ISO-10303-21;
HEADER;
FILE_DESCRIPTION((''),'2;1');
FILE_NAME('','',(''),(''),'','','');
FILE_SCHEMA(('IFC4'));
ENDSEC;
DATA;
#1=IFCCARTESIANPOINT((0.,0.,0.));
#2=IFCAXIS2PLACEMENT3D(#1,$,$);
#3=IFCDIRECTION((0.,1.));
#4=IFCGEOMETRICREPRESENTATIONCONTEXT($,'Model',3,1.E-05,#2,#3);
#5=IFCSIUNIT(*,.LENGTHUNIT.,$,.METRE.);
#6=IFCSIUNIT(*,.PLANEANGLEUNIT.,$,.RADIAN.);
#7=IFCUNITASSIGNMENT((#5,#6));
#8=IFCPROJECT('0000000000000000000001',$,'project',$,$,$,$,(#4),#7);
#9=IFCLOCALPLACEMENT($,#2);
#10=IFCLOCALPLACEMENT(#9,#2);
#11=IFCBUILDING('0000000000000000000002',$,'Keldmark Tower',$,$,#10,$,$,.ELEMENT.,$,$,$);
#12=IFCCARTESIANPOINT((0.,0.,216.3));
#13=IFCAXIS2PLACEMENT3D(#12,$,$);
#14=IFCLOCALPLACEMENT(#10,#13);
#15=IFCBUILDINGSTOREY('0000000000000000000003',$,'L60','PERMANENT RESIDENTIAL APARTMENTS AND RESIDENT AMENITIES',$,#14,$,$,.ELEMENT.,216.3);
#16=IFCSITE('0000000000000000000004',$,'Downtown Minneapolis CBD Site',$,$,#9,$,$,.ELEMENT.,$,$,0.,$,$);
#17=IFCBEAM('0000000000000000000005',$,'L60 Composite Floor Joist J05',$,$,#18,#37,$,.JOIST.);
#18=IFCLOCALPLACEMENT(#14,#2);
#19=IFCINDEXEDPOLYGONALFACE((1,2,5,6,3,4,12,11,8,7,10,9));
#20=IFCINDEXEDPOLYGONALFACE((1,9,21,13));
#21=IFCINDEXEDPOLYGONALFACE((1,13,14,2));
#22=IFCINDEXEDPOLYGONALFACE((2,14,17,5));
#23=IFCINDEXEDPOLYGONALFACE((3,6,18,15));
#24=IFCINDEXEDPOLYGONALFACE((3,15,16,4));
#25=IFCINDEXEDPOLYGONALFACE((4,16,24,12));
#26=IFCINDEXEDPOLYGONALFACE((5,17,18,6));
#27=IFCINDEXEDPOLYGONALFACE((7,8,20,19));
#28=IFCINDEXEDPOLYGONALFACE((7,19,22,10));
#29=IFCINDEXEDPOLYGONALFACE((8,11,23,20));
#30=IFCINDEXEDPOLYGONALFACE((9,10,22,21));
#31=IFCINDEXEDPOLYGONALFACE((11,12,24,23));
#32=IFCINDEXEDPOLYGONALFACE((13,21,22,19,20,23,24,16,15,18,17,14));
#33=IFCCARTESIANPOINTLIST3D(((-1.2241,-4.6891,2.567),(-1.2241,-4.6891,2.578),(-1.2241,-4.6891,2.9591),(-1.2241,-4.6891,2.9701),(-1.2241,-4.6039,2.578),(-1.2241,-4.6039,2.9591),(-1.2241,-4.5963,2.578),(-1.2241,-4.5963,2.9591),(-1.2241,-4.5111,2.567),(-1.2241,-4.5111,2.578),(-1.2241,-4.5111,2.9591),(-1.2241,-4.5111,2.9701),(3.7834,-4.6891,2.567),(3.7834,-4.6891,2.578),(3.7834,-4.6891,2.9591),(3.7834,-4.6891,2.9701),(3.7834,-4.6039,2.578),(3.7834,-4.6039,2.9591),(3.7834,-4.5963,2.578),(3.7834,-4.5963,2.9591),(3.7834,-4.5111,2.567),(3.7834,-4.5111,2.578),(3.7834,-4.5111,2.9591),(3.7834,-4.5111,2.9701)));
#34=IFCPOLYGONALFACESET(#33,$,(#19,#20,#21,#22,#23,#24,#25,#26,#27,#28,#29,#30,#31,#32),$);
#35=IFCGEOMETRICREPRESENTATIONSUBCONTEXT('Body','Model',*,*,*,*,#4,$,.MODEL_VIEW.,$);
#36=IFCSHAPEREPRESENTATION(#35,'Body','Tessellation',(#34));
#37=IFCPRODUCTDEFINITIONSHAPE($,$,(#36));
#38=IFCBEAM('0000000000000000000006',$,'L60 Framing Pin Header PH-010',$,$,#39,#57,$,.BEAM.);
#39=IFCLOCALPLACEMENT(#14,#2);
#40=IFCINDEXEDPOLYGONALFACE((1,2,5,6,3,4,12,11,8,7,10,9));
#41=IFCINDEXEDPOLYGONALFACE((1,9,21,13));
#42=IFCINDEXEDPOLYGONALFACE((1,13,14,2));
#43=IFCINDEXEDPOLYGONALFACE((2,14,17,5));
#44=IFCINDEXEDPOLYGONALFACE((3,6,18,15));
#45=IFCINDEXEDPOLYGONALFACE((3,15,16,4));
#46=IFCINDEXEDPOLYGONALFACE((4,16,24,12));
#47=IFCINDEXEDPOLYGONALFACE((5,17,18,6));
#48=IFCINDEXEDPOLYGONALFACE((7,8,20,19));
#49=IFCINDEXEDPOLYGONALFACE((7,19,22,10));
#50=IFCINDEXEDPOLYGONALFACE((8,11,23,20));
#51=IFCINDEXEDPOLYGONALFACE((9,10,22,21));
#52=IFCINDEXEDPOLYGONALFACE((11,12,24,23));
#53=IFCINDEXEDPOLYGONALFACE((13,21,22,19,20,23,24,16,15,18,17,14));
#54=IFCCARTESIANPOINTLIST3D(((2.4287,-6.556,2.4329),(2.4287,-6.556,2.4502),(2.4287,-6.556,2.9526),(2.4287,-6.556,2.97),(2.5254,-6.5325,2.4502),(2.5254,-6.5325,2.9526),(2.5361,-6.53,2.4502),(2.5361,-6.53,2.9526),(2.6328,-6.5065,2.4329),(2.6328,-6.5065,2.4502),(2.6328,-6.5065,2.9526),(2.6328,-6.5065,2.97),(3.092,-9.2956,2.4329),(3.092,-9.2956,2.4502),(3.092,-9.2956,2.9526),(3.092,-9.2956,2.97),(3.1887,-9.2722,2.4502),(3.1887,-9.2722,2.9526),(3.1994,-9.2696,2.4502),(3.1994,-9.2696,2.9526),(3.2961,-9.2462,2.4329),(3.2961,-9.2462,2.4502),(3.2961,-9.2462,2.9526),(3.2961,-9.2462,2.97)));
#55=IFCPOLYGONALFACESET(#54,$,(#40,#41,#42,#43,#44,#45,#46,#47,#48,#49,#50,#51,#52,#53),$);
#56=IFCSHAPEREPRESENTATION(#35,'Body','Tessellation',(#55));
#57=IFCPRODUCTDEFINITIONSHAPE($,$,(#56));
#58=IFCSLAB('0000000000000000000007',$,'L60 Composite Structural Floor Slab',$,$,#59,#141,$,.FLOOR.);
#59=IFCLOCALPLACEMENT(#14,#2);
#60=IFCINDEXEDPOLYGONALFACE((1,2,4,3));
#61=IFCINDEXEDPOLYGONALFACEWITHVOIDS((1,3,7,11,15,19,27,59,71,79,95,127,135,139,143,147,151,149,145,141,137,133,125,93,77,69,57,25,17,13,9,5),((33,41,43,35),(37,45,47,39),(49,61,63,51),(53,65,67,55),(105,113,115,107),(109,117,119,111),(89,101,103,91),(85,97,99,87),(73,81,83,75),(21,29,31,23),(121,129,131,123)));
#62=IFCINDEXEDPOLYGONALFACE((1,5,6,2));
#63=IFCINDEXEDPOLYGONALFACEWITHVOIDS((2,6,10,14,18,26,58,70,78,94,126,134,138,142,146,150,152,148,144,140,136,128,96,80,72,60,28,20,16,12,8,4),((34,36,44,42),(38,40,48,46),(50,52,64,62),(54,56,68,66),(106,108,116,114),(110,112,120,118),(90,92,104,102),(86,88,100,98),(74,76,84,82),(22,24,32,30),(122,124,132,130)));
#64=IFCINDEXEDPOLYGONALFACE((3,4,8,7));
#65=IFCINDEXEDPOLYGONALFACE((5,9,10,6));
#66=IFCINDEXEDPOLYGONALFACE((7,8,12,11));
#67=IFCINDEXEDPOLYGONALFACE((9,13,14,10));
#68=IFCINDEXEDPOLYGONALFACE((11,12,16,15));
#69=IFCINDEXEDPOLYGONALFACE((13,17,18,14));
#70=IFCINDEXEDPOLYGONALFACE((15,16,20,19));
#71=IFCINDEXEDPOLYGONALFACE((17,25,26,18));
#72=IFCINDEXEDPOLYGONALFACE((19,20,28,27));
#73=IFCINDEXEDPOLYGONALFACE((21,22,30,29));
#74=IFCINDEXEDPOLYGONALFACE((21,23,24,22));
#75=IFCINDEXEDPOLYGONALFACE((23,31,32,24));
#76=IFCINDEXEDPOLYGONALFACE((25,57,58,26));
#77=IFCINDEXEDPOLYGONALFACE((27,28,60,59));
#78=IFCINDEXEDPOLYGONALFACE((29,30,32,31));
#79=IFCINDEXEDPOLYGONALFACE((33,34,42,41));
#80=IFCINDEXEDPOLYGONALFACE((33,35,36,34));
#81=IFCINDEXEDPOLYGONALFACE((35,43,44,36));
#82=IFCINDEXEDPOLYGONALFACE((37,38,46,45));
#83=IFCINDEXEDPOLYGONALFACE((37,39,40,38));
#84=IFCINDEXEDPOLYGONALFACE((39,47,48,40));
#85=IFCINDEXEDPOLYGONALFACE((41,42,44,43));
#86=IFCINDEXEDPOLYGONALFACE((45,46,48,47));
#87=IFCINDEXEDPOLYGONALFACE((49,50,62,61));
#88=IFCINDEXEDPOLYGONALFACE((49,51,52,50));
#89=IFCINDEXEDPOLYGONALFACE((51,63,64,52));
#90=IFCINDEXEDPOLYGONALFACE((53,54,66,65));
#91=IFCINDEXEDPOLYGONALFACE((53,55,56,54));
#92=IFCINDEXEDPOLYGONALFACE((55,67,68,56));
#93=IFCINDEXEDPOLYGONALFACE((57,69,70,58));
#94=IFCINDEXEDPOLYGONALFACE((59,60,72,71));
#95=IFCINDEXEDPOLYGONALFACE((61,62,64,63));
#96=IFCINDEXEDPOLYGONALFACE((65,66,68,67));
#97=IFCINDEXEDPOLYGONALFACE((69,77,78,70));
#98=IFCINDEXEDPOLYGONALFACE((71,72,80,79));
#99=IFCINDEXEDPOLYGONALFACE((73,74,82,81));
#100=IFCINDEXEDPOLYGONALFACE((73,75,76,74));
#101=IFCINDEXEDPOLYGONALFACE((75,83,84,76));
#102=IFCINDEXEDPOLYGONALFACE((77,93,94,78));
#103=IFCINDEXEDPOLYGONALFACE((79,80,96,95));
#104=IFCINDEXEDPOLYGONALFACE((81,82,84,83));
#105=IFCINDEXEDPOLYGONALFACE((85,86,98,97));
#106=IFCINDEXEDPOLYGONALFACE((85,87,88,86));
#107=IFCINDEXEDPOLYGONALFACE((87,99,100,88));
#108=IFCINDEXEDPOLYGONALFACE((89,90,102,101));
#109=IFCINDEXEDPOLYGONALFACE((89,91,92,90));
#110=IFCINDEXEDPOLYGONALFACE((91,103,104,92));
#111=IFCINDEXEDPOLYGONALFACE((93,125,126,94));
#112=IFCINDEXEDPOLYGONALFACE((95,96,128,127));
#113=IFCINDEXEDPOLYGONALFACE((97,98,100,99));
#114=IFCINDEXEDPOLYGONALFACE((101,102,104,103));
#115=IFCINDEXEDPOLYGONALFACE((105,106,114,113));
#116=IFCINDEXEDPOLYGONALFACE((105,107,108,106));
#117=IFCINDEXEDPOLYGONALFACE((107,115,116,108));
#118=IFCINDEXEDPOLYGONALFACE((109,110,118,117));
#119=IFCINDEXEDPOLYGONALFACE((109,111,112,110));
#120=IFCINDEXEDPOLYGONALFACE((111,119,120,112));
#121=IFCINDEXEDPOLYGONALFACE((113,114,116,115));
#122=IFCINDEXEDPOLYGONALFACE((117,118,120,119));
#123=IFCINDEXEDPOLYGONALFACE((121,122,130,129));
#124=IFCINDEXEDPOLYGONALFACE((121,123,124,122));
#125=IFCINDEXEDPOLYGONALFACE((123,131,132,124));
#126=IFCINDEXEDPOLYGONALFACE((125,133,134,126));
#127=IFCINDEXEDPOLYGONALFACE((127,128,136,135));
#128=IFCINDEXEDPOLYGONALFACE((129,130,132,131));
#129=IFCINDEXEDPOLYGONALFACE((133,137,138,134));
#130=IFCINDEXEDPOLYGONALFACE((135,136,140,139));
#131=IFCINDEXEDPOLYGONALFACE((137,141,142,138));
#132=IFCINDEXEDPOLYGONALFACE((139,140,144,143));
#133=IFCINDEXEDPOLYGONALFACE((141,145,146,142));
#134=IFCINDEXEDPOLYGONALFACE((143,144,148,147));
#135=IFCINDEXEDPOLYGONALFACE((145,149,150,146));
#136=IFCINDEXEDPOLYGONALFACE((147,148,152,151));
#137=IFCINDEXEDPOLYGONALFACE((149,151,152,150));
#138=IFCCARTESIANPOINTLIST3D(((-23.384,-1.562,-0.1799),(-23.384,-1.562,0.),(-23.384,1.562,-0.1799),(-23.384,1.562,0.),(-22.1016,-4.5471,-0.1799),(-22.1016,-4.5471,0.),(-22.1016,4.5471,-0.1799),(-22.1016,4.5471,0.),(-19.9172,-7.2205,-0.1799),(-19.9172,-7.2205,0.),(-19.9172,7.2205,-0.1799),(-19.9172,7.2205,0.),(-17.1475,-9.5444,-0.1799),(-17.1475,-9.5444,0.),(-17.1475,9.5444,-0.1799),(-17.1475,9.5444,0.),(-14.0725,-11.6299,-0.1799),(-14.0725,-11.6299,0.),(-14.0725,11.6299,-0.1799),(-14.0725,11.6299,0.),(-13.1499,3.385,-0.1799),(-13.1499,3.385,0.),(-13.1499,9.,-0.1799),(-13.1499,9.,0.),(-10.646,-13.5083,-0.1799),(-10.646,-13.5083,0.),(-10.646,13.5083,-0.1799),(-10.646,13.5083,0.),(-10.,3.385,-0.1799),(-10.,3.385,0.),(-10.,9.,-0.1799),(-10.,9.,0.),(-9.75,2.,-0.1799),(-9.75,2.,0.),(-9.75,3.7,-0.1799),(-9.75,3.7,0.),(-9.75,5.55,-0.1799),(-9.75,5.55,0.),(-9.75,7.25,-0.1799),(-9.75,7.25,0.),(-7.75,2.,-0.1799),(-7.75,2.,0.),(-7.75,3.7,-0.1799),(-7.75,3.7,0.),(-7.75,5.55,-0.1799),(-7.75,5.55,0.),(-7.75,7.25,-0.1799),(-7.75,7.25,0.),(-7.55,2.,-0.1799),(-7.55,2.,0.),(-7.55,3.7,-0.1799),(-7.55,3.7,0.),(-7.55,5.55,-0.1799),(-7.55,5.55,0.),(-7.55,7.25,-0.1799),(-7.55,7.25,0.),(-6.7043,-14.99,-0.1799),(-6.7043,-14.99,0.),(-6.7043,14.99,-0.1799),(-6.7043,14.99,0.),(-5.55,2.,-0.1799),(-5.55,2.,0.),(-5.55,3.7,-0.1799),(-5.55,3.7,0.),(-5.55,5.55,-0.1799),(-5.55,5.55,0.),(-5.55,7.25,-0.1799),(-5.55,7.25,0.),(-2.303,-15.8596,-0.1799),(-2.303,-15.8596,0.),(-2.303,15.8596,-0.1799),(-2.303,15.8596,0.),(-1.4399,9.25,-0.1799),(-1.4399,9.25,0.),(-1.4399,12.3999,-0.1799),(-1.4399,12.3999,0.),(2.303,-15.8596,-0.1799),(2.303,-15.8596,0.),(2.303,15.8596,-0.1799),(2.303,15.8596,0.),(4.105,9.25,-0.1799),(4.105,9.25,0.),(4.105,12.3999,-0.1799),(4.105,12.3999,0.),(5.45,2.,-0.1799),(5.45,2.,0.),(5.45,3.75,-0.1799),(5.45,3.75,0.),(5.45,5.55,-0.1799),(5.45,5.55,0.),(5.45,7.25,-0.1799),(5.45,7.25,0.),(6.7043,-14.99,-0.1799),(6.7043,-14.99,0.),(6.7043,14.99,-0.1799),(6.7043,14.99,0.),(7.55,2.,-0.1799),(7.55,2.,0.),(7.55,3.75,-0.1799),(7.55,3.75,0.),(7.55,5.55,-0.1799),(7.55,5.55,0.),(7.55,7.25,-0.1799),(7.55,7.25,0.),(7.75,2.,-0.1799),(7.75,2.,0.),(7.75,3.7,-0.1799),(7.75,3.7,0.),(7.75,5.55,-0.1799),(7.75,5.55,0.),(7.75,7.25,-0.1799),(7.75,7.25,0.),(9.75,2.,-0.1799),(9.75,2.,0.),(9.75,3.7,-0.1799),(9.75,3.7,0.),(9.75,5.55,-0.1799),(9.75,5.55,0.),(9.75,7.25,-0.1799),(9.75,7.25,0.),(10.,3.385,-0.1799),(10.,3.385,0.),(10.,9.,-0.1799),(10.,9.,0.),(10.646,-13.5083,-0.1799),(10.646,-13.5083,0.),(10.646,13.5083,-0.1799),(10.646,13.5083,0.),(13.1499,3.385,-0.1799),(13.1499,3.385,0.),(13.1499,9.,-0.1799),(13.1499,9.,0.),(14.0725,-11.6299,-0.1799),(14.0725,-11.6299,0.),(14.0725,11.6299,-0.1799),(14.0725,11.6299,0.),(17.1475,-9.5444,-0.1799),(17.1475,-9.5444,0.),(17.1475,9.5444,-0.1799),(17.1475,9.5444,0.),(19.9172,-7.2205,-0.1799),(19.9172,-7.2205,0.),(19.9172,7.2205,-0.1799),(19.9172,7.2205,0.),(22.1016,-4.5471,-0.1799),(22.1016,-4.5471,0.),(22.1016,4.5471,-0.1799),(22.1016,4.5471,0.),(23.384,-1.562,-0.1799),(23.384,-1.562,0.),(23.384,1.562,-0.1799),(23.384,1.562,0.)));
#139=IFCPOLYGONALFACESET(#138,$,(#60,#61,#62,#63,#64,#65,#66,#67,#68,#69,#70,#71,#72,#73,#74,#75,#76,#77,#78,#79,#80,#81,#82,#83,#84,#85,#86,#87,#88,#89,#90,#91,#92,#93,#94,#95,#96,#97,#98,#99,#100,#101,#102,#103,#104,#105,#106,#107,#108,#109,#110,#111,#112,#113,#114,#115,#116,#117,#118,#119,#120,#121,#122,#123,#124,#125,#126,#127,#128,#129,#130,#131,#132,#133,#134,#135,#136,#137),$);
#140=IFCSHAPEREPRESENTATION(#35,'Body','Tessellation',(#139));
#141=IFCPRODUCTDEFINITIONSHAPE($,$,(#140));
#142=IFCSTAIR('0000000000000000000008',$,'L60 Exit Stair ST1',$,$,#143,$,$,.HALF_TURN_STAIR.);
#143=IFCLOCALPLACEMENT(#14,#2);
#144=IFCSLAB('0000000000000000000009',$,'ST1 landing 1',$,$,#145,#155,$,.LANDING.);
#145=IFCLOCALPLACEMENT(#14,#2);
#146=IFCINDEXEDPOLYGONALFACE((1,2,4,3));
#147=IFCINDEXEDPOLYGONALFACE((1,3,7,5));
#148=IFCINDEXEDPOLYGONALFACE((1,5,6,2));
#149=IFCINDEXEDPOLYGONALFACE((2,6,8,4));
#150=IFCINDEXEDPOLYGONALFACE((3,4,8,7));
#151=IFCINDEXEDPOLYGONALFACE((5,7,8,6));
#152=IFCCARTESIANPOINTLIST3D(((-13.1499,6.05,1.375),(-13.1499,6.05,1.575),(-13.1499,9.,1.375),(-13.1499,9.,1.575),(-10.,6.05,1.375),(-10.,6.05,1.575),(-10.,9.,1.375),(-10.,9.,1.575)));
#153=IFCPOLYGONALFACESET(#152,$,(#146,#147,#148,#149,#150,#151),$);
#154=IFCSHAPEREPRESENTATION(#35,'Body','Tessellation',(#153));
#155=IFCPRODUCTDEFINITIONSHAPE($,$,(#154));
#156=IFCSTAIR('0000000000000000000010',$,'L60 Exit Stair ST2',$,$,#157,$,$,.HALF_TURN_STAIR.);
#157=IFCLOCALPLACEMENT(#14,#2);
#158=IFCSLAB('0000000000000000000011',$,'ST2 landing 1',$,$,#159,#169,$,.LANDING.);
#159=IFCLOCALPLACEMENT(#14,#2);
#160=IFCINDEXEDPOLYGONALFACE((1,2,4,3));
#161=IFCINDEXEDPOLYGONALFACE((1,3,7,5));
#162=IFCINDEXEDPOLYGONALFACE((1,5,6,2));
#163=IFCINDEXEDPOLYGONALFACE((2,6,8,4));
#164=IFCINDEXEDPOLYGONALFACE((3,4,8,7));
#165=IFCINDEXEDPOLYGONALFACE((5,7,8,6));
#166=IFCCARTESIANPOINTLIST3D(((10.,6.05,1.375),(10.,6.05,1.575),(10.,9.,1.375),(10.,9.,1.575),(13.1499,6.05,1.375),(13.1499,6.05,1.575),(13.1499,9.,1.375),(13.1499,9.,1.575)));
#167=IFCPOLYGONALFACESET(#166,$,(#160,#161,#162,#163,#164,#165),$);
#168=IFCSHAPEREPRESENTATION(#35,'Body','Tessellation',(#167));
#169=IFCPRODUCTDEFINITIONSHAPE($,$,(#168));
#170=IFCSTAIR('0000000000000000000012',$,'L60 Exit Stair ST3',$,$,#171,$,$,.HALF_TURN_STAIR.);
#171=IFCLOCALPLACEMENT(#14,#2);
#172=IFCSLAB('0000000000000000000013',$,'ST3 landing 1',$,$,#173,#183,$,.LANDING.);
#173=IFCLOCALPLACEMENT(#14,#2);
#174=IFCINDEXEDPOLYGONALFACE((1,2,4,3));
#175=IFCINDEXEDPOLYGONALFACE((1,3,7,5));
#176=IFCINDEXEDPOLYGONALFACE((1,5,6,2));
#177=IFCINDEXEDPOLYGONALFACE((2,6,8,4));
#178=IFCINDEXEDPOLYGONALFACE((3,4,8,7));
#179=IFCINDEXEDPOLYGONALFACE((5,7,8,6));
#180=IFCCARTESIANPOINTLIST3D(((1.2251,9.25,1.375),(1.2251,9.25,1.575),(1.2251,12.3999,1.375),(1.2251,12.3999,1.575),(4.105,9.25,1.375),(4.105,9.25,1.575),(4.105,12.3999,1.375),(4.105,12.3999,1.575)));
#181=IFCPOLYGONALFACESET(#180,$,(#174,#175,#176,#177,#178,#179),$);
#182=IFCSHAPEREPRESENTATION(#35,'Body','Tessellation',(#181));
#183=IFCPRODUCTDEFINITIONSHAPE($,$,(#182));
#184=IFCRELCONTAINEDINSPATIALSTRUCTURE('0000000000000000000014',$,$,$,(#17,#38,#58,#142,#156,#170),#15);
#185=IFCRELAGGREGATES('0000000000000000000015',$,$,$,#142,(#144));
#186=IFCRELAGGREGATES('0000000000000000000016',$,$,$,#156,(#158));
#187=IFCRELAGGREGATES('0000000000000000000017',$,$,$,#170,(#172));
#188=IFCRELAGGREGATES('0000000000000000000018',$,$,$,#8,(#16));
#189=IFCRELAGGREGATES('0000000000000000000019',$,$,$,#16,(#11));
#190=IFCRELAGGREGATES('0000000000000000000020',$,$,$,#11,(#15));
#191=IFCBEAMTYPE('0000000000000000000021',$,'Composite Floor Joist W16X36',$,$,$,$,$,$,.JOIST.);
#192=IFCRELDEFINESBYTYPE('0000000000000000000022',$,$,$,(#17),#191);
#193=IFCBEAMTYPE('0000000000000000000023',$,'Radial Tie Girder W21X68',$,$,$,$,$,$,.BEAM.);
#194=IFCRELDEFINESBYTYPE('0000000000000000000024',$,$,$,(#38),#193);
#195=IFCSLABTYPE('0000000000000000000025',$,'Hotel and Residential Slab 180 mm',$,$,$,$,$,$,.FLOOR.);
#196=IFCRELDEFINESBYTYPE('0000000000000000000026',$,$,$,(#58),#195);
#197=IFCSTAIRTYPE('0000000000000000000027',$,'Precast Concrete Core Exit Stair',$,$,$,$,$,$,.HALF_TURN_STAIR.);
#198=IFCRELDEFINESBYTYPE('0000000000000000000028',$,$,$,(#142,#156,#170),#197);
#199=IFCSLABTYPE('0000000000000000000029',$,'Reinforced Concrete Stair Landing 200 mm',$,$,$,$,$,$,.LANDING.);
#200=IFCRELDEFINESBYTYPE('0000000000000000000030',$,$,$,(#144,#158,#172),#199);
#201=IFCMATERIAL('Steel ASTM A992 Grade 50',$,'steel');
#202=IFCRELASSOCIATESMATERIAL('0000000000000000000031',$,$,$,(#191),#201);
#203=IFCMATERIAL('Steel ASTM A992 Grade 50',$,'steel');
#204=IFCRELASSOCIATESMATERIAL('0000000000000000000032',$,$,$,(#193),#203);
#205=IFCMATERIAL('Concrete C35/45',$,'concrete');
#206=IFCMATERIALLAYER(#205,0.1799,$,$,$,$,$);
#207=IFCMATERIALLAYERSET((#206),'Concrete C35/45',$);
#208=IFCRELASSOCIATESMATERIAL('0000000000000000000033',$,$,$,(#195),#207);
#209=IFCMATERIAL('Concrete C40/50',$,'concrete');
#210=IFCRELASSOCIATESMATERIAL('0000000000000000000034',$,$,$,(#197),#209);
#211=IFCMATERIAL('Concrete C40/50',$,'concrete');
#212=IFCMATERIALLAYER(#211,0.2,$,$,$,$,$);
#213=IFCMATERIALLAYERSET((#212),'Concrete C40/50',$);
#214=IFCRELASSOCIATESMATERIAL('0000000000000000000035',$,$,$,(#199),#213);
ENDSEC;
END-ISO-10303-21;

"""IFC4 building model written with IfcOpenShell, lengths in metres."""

from ifc_helpers import new_model, si_unit, direction, frame, origin, origin_2d, place, context, subcontext, project, spatial, polyline, i_section, outline, extrude, material, layer, layer_set, material_profile, profile_set, type_object, element, aggregate, save


model = new_model("IFC4")

# Units and contexts
model_context = context("Model", 3, precision=1e-05, world=origin(), true_north=direction((0.0, 1.0)))
body_context = subcontext(model_context, "Body", "Model", "MODEL_VIEW")
ifc_project = project(units=[si_unit("LENGTHUNIT", "METRE"), si_unit("PLANEANGLEUNIT", "RADIAN")], contexts=[model_context])

# Site, building, storey
site_placement = place(None, origin())
site = spatial("IfcSite", under=ifc_project, at=site_placement, Name="Downtown Minneapolis CBD Site", CompositionType="ELEMENT", RefElevation=0.0)
building_placement = place(site_placement, origin())
building = spatial("IfcBuilding", under=site, at=building_placement, Name="Keldmark Tower", CompositionType="ELEMENT")
storey_placement = place(building_placement, frame((0.0, 0.0, 216.3)))
storey = spatial("IfcBuildingStorey", under=building, at=storey_placement, Name="L60", Description="PERMANENT RESIDENTIAL APARTMENTS AND RESIDENT AMENITIES", CompositionType="ELEMENT", Elevation=216.3)

# Beams
ifc_material_1 = material(Name="Steel ASTM A992 Grade 50", Category="steel")
ifc_material_profile_1 = material_profile(ifc_material_1, i_section(OverallWidth=0.178, OverallDepth=0.4031, WebThickness=0.0076, FlangeThickness=0.011, at=origin_2d()), Name="W16X36")
ifc_profile_set_1 = profile_set([ifc_material_profile_1], Name="Steel ASTM A992 Grade 50")
beam_type_1 = type_object("IfcBeamType", Name="Composite Floor Joist W16X36", PredefinedType="JOIST", material=ifc_profile_set_1)
beam_1_placement = place(storey_placement, frame((-1.2241, -4.6001, 2.7686), z_axis=(1.0, 0.0, 0.0), x_axis=(0.0, 1.0, 0.0)))
element("IfcBeam", 1, at=beam_1_placement, inside=storey, type_object=beam_type_1, Name="L60 Composite Floor Joist J05", PredefinedType="JOIST", context=body_context, shape_type="SweptSolid", body=[
    extrude(i_section(OverallWidth=0.178, OverallDepth=0.4031, WebThickness=0.0076, FlangeThickness=0.011, at=origin_2d()), origin(), (0.0, 0.0, 1.0), 5.0076),
])
ifc_material_2 = material(Name="Steel ASTM A992 Grade 50", Category="steel")
ifc_material_profile_2 = material_profile(ifc_material_2, i_section(OverallWidth=0.21, OverallDepth=0.5371, WebThickness=0.011, FlangeThickness=0.0173, at=origin_2d()), Name="W21X68")
ifc_profile_set_2 = profile_set([ifc_material_profile_2], Name="Steel ASTM A992 Grade 50")
beam_type_2 = type_object("IfcBeamType", Name="Radial Tie Girder W21X68", PredefinedType="BEAM", material=ifc_profile_set_2)
beam_2_placement = place(storey_placement, frame((2.5308, -6.5312, 2.7014), z_axis=(0.235315, -0.971919, 0.0), x_axis=(0.971919, 0.235315, 0.0)))
element("IfcBeam", 2, at=beam_2_placement, inside=storey, type_object=beam_type_2, Name="L60 Framing Pin Header PH-010", PredefinedType="BEAM", context=body_context, shape_type="SweptSolid", body=[
    extrude(i_section(OverallWidth=0.21, OverallDepth=0.5371, WebThickness=0.011, FlangeThickness=0.0173, at=origin_2d()), origin(), (0.0, 0.0, 1.0), 2.8188),
])

# Slab
ifc_material_3 = material(Name="Concrete C35/45", Category="concrete")
ifc_layer_1 = layer(ifc_material_3, 0.1799)
ifc_layer_set_1 = layer_set([ifc_layer_1], Name="Concrete C35/45")
slab_type_1 = type_object("IfcSlabType", Name="Hotel and Residential Slab 180 mm", PredefinedType="FLOOR", material=ifc_layer_set_1)
slab_1_placement = place(storey_placement, frame((0.0, 0.0, -0.1799)))
element("IfcSlab", 3, at=slab_1_placement, inside=storey, type_object=slab_type_1, Name="L60 Composite Structural Floor Slab", PredefinedType="FLOOR", context=body_context, shape_type="SweptSolid", body=[
    extrude(outline(polyline([(23.384, 1.562), (22.1016, 4.5471), (19.9172, 7.2205), (17.1475, 9.5444), (14.0725, 11.6299), (10.646, 13.5083), (6.7043, 14.99), (2.303, 15.8596), (-2.303, 15.8596), (-6.7043, 14.99), (-10.646, 13.5083), (-14.0725, 11.6299), (-17.1475, 9.5444), (-19.9172, 7.2205), (-22.1016, 4.5471), (-23.384, 1.562), (-23.384, -1.562), (-22.1016, -4.5471), (-19.9172, -7.2205), (-17.1475, -9.5444), (-14.0725, -11.6299), (-10.646, -13.5083), (-6.7043, -14.99), (-2.303, -15.8596), (2.303, -15.8596), (6.7043, -14.99), (10.646, -13.5083), (14.0725, -11.6299), (17.1475, -9.5444), (19.9172, -7.2205), (22.1016, -4.5471), (23.384, -1.562), (23.384, 1.562)]), holes=[polyline([(-10.0, 3.385), (-10.0, 9.0), (-13.1499, 9.0), (-13.1499, 3.385), (-10.0, 3.385)]), polyline([(13.1499, 3.385), (13.1499, 9.0), (10.0, 9.0), (10.0, 3.385), (13.1499, 3.385)]), polyline([(-1.4399, 9.25), (4.105, 9.25), (4.105, 12.3999), (-1.4399, 12.3999), (-1.4399, 9.25)]), polyline([(-9.75, 2.0), (-7.75, 2.0), (-7.75, 3.7), (-9.75, 3.7), (-9.75, 2.0)]), polyline([(7.75, 2.0), (9.75, 2.0), (9.75, 3.7), (7.75, 3.7), (7.75, 2.0)]), polyline([(5.45, 2.0), (7.55, 2.0), (7.55, 3.75), (5.45, 3.75), (5.45, 2.0)]), polyline([(-9.75, 5.55), (-7.75, 5.55), (-7.75, 7.25), (-9.75, 7.25), (-9.75, 5.55)]), polyline([(-7.55, 5.55), (-5.55, 5.55), (-5.55, 7.25), (-7.55, 7.25), (-7.55, 5.55)]), polyline([(-7.55, 2.0), (-5.55, 2.0), (-5.55, 3.7), (-7.55, 3.7), (-7.55, 2.0)]), polyline([(5.45, 5.55), (7.55, 5.55), (7.55, 7.25), (5.45, 7.25), (5.45, 5.55)]), polyline([(7.75, 5.55), (9.75, 5.55), (9.75, 7.25), (7.75, 7.25), (7.75, 5.55)])]), origin(), (0.0, 0.0, 1.0), 0.1799),
])

# Stairs, slabs
ifc_material_4 = material(Name="Concrete C40/50", Category="concrete")
stair_type = type_object("IfcStairType", Name="Precast Concrete Core Exit Stair", PredefinedType="HALF_TURN_STAIR", material=ifc_material_4)
stair_1_placement = place(storey_placement, origin())
stair_1 = element("IfcStair", 4, at=stair_1_placement, inside=storey, type_object=stair_type, Name="L60 Exit Stair ST1", PredefinedType="HALF_TURN_STAIR")
ifc_material_5 = material(Name="Concrete C40/50", Category="concrete")
ifc_layer_2 = layer(ifc_material_5, 0.2)
ifc_layer_set_2 = layer_set([ifc_layer_2], Name="Concrete C40/50")
slab_type_2 = type_object("IfcSlabType", Name="Reinforced Concrete Stair Landing 200 mm", PredefinedType="LANDING", material=ifc_layer_set_2)
slab_2_placement = place(storey_placement, frame((0.0, 0.0, 1.375)))
slab_2 = element("IfcSlab", 5, at=slab_2_placement, type_object=slab_type_2, Name="ST1 landing 1", PredefinedType="LANDING", context=body_context, shape_type="SweptSolid", body=[
    extrude(outline(polyline([(-10.0, 6.05), (-10.0, 9.0), (-13.1499, 9.0), (-13.1499, 6.05), (-10.0, 6.05)])), origin(), (0.0, 0.0, 1.0), 0.2),
])
aggregate(stair_1, [slab_2])
stair_2_placement = place(storey_placement, origin())
stair_2 = element("IfcStair", 6, at=stair_2_placement, inside=storey, type_object=stair_type, Name="L60 Exit Stair ST2", PredefinedType="HALF_TURN_STAIR")
slab_3_placement = place(storey_placement, frame((0.0, 0.0, 1.375)))
slab_3 = element("IfcSlab", 7, at=slab_3_placement, type_object=slab_type_2, Name="ST2 landing 1", PredefinedType="LANDING", context=body_context, shape_type="SweptSolid", body=[
    extrude(outline(polyline([(13.1499, 6.05), (13.1499, 9.0), (10.0, 9.0), (10.0, 6.05), (13.1499, 6.05)])), origin(), (0.0, 0.0, 1.0), 0.2),
])
aggregate(stair_2, [slab_3])
stair_3_placement = place(storey_placement, origin())
stair_3 = element("IfcStair", 8, at=stair_3_placement, inside=storey, type_object=stair_type, Name="L60 Exit Stair ST3", PredefinedType="HALF_TURN_STAIR")
slab_4_placement = place(storey_placement, frame((0.0, 0.0, 1.375)))
slab_4 = element("IfcSlab", 9, at=slab_4_placement, type_object=slab_type_2, Name="ST3 landing 1", PredefinedType="LANDING", context=body_context, shape_type="SweptSolid", body=[
    extrude(outline(polyline([(1.2251, 9.25), (4.105, 9.25), (4.105, 12.3999), (1.2251, 12.3999), (1.2251, 9.25)])), origin(), (0.0, 0.0, 1.0), 0.2),
])
aggregate(stair_3, [slab_4])

save(model, "model.ifc")
